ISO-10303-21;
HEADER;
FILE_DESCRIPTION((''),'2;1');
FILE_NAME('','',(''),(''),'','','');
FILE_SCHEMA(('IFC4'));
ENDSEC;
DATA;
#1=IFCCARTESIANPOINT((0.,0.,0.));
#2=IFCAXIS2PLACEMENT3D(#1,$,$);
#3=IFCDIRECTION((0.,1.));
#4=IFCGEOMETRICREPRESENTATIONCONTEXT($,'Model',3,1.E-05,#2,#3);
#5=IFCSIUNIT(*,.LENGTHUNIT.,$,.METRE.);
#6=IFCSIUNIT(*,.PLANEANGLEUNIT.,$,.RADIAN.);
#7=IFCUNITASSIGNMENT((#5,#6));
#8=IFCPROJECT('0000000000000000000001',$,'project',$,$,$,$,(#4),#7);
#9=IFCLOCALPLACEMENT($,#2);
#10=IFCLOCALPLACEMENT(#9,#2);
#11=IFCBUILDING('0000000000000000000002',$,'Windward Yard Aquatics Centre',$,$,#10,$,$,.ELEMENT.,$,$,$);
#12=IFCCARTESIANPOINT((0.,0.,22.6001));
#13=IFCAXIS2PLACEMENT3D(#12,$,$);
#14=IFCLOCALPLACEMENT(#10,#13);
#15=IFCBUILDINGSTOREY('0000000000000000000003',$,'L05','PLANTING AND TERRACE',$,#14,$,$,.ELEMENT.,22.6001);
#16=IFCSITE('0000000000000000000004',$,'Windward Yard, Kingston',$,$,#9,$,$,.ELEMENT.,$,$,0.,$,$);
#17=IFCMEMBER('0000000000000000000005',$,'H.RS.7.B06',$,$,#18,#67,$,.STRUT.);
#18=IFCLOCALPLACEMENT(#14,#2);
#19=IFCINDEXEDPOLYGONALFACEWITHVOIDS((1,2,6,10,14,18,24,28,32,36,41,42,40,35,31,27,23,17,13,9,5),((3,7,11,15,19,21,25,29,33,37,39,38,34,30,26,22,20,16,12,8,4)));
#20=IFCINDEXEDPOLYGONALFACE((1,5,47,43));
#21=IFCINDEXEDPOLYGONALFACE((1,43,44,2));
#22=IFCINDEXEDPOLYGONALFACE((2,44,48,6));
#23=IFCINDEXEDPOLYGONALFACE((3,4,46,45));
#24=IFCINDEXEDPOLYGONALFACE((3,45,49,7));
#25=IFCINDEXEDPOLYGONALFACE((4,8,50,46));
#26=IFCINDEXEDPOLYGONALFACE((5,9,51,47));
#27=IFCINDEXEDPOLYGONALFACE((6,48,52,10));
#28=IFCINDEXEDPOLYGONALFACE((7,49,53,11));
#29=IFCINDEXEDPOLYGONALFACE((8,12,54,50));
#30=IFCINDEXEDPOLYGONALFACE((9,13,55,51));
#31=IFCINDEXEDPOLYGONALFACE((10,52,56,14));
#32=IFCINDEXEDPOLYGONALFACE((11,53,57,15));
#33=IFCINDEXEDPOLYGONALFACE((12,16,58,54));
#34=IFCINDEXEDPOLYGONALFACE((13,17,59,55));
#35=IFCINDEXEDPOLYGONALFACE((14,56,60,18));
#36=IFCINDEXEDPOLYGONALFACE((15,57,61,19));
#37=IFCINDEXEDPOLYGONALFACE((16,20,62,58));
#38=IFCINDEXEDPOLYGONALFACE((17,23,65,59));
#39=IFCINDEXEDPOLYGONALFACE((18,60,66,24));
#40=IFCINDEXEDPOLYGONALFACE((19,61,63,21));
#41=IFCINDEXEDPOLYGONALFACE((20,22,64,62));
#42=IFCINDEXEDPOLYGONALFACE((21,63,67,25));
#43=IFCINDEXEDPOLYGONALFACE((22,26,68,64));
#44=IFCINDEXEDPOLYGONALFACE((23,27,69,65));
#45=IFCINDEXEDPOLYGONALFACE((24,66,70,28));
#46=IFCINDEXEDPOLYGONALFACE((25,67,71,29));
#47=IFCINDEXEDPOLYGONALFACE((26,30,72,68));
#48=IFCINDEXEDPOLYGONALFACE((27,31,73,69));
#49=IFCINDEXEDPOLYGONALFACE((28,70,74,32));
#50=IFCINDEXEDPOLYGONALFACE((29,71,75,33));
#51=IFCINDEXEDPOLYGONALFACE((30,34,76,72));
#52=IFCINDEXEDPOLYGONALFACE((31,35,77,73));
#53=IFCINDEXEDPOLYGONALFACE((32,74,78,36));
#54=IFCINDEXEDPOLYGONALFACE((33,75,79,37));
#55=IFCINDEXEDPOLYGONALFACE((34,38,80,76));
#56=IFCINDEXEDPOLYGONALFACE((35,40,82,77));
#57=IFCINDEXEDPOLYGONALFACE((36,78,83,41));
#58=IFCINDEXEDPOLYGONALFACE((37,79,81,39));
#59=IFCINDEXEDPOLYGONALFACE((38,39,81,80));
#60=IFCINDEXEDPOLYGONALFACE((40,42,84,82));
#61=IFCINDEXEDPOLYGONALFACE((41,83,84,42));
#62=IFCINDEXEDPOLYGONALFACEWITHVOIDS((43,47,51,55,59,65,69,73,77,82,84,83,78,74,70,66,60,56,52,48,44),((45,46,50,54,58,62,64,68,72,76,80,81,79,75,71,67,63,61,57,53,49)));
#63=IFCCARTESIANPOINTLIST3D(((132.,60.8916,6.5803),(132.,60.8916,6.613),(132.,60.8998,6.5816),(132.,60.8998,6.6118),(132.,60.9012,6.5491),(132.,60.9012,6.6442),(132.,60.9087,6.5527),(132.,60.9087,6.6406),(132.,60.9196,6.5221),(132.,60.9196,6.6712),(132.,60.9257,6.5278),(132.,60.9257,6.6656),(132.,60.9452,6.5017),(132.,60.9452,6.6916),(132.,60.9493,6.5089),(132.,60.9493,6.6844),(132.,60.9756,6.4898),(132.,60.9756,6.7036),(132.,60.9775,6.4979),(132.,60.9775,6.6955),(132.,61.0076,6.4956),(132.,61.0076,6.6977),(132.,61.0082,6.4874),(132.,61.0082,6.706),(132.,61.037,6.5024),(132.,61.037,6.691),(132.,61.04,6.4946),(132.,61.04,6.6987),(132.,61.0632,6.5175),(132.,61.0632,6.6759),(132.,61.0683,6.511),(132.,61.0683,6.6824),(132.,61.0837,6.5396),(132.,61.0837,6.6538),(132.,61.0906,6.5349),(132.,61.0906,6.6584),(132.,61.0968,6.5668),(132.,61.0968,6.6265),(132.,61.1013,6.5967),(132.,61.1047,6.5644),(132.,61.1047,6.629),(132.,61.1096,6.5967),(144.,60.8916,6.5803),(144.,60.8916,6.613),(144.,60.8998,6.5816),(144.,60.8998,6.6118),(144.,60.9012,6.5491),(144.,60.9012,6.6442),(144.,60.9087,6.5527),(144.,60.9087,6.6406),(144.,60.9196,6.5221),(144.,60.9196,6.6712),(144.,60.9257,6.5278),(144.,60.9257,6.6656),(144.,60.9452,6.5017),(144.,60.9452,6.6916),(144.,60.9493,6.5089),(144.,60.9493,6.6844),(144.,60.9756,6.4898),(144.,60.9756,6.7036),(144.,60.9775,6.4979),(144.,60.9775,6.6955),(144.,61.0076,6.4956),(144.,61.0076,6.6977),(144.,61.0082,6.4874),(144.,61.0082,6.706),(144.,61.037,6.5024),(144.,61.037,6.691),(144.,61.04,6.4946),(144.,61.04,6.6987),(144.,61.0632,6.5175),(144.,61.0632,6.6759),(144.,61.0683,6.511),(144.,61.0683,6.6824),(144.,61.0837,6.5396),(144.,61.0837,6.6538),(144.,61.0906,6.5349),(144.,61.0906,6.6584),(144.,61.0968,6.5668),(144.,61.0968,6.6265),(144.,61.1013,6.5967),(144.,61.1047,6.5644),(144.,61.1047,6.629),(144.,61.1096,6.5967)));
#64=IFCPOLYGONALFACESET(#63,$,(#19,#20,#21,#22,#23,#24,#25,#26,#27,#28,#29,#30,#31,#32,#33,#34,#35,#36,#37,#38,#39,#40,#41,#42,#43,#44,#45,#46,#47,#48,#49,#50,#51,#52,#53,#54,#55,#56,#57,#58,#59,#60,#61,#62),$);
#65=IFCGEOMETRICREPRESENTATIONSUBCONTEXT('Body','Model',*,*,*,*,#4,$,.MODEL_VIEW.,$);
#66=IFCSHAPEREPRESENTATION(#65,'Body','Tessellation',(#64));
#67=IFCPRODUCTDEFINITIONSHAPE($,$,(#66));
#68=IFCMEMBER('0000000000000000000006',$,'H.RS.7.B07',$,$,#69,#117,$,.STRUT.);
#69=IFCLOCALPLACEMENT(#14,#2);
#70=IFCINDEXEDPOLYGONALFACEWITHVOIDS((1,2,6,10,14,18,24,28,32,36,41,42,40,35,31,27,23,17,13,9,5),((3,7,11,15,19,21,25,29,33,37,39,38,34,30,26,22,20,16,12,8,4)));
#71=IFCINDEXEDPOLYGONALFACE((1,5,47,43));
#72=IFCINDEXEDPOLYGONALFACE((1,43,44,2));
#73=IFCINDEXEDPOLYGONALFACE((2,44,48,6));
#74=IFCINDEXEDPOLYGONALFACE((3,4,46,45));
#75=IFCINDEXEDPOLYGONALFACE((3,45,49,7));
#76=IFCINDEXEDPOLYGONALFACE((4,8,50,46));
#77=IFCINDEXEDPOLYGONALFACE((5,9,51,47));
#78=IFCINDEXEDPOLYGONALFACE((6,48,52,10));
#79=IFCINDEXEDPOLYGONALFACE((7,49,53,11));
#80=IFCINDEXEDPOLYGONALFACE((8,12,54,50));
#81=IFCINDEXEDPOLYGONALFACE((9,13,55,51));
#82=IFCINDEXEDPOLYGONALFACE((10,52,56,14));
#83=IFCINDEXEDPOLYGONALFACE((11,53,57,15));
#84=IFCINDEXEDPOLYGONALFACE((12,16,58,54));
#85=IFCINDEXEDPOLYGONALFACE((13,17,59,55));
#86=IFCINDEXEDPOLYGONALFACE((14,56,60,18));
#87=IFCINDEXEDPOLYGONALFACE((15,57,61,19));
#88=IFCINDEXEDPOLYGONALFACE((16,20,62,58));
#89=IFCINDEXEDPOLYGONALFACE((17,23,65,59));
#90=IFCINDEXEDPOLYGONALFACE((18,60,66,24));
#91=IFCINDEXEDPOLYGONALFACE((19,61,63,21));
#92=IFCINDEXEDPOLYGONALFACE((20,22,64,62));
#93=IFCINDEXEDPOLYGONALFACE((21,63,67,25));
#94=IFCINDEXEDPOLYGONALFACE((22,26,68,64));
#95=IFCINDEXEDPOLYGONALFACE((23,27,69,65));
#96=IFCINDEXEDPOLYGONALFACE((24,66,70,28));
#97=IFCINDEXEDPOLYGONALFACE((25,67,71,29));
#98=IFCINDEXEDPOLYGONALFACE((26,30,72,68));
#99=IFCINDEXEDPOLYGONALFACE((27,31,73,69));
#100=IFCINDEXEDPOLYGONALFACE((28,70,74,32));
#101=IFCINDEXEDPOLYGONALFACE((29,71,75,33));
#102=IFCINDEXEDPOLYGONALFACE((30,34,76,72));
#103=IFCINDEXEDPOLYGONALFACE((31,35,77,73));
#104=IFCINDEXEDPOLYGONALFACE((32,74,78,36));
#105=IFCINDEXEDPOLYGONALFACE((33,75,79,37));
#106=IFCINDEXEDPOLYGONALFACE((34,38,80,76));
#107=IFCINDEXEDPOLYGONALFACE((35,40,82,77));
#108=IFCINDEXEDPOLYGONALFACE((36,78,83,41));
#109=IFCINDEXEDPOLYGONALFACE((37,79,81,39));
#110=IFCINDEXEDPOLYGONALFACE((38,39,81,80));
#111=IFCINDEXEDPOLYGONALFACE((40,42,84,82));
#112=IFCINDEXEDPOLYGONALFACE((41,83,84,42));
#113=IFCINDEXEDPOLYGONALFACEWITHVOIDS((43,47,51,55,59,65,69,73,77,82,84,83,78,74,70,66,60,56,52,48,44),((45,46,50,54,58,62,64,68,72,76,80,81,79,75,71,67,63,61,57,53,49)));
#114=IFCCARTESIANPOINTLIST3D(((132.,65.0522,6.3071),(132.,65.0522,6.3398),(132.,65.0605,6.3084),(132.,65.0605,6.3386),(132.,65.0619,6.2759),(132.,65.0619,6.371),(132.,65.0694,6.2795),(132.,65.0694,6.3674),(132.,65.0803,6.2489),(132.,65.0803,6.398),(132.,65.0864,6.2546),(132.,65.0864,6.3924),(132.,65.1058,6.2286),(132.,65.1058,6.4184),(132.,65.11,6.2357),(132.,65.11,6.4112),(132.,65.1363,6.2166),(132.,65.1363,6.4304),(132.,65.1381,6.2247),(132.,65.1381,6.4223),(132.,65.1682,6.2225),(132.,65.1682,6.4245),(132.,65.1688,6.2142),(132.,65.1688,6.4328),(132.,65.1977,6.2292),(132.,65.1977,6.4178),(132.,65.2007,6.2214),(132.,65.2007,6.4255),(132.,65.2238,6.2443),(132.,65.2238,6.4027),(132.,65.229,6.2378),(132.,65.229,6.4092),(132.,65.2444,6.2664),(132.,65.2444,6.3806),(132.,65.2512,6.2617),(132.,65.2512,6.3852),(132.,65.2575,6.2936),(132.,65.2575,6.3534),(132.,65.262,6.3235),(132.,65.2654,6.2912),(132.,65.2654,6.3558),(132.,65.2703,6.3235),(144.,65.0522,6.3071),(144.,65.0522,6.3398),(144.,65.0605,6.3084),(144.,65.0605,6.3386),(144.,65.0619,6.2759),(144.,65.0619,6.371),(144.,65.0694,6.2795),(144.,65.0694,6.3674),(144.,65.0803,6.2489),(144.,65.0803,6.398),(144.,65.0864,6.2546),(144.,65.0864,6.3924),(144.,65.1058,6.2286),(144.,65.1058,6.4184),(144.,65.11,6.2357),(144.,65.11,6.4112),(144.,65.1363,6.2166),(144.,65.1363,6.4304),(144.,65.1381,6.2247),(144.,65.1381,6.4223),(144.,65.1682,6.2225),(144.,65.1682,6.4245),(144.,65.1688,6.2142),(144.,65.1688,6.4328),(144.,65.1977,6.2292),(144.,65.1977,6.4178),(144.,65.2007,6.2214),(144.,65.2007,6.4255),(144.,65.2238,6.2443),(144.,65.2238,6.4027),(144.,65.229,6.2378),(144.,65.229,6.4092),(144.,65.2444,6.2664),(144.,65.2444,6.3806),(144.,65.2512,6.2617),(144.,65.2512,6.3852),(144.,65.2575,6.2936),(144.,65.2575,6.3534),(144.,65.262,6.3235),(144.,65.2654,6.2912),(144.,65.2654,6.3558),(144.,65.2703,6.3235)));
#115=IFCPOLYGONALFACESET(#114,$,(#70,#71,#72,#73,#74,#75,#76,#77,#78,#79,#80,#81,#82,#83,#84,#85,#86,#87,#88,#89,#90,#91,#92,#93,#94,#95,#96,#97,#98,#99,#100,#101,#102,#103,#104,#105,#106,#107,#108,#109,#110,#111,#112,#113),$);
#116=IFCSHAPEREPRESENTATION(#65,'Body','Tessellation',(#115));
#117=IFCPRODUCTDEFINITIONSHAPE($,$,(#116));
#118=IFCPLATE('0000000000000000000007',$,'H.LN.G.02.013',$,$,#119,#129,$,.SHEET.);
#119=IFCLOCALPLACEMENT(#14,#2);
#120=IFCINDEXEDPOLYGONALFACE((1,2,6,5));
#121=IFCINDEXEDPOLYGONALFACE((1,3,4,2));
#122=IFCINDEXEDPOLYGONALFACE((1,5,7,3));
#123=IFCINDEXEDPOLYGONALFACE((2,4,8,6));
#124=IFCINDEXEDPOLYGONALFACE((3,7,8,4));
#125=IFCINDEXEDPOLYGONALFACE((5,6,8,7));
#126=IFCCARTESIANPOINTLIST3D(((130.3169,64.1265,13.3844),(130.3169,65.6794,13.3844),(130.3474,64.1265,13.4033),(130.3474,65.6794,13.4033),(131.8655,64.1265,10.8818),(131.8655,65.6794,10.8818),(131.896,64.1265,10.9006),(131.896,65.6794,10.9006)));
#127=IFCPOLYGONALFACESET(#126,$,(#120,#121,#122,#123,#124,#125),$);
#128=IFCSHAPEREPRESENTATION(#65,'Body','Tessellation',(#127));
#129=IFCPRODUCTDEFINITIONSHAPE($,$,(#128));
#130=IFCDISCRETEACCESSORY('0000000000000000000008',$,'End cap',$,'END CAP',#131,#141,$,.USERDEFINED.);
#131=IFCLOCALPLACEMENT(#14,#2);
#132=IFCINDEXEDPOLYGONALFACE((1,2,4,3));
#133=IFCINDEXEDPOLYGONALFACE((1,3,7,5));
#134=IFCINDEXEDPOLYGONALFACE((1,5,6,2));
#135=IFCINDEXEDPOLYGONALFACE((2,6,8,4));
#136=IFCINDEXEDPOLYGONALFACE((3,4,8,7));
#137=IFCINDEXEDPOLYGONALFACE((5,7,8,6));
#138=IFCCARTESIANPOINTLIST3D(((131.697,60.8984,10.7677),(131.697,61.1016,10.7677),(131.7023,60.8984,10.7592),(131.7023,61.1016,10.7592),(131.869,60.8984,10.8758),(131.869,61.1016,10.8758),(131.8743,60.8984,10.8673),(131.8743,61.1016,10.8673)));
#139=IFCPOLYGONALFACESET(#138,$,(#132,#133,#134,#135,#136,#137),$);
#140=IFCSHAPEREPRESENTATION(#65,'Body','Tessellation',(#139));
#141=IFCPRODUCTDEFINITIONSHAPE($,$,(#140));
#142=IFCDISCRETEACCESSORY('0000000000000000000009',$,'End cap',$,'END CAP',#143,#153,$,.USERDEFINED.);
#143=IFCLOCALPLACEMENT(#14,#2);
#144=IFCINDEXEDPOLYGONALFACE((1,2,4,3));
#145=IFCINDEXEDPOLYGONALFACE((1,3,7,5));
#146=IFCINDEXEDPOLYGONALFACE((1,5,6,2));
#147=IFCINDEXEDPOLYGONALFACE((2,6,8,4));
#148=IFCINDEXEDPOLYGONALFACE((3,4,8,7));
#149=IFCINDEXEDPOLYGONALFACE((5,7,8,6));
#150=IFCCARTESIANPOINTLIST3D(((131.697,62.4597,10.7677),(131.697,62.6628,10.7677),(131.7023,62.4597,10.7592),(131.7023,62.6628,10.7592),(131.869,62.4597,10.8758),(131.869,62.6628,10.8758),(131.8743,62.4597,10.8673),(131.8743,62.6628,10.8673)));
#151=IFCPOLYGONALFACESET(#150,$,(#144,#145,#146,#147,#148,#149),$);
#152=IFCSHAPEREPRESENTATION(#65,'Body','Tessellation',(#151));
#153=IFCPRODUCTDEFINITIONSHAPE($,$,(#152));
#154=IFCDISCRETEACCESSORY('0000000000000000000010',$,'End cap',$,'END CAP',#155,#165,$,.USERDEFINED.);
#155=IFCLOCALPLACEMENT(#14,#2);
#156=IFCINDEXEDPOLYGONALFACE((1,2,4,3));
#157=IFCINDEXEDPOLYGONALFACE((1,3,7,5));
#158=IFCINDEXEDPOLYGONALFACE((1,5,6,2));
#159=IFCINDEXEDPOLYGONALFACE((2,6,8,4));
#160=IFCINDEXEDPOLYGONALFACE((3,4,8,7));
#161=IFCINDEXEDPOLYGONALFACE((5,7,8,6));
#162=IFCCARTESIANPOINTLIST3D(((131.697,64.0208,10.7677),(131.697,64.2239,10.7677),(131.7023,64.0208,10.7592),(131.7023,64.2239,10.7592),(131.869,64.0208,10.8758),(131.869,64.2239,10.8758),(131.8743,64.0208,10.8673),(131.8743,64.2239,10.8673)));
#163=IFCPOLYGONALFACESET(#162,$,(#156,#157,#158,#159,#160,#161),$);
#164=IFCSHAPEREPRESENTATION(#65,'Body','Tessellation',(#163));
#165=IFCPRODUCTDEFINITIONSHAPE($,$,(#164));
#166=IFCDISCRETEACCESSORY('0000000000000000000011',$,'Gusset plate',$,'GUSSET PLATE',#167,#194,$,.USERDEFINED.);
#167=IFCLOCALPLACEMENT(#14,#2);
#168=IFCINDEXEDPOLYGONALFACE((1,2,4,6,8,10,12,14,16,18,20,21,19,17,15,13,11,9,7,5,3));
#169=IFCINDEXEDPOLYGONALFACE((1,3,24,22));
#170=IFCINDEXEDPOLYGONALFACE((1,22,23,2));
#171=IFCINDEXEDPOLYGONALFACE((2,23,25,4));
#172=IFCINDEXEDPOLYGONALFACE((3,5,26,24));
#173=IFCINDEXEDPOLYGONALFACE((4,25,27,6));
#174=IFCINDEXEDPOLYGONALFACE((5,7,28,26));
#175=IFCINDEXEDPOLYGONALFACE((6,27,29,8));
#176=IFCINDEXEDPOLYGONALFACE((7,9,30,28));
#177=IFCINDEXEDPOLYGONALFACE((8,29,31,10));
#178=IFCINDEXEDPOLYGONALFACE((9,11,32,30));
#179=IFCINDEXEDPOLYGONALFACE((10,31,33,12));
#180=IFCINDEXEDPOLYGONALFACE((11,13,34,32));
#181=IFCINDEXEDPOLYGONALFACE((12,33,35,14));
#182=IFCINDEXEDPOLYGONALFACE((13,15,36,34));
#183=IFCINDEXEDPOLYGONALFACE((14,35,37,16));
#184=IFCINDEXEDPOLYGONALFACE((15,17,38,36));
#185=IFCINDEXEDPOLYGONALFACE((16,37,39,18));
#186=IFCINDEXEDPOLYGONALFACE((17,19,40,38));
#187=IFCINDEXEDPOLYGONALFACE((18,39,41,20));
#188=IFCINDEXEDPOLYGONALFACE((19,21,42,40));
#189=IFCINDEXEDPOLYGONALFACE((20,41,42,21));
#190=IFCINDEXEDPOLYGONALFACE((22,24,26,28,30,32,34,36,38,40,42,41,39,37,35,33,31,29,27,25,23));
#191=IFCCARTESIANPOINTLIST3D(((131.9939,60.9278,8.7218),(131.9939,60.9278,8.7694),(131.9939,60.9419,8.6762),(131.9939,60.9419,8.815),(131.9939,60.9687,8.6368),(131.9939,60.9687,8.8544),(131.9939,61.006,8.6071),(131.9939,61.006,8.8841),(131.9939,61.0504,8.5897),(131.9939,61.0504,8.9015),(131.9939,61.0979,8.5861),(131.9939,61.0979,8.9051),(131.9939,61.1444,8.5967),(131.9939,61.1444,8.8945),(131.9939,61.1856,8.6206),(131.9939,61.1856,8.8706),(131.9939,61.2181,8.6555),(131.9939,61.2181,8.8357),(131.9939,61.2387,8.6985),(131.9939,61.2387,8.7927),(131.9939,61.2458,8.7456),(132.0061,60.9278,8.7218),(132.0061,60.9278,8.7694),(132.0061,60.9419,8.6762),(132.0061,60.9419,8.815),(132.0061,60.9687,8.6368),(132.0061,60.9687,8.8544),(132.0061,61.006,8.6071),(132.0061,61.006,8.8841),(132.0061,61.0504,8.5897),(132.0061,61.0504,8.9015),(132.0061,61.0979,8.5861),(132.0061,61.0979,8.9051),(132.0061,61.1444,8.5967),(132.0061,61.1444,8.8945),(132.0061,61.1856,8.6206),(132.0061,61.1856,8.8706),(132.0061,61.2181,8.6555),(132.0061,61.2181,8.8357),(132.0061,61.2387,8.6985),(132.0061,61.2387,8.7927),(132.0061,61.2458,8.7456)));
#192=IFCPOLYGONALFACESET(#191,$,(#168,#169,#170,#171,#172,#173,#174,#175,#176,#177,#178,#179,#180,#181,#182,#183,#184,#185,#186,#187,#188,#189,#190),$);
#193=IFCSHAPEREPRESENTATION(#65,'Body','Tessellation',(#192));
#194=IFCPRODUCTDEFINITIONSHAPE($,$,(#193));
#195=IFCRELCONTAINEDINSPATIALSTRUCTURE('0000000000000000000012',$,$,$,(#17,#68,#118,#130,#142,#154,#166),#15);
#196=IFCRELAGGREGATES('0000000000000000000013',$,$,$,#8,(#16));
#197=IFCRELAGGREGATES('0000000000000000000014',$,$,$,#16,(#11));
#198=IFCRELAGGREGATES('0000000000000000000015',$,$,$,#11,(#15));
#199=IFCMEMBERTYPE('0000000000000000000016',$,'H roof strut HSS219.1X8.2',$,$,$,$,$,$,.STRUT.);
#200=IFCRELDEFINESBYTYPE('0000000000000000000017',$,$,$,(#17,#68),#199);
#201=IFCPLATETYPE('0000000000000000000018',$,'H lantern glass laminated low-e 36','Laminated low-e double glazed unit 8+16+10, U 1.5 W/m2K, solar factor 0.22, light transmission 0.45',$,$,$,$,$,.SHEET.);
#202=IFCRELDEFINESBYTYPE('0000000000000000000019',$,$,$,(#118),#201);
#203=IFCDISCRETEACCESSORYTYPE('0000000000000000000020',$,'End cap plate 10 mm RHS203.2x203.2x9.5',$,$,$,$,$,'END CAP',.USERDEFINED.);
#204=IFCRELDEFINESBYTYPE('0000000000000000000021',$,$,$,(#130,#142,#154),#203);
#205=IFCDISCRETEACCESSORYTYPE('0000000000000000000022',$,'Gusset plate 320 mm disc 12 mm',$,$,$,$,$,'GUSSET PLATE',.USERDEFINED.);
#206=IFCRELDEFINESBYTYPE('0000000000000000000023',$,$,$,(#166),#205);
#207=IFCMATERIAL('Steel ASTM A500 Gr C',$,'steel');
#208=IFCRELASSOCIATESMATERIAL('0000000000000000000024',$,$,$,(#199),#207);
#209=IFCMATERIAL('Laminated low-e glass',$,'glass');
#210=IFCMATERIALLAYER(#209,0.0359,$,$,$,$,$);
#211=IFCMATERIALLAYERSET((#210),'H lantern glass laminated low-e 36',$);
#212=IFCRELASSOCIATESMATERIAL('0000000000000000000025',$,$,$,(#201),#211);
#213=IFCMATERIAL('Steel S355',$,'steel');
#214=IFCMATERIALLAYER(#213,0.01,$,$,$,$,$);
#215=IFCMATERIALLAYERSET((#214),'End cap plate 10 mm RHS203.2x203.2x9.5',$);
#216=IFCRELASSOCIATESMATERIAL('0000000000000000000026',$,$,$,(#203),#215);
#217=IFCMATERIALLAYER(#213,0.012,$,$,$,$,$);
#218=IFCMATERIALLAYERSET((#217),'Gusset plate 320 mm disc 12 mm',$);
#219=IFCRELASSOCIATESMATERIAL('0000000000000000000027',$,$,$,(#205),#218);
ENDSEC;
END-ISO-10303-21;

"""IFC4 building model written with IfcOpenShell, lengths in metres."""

from ifc_helpers import new_model, si_unit, direction, frame, origin, origin_2d, place, context, subcontext, project, spatial, polyline, rectangle, circle, hollow_circle, outline, extrude, material, layer, layer_set, material_profile, profile_set, type_object, element, save


model = new_model("IFC4")

# Units and contexts
model_context = context("Model", 3, precision=1e-05, world=origin(), true_north=direction((0.0, 1.0)))
body_context = subcontext(model_context, "Body", "Model", "MODEL_VIEW")
ifc_project = project(units=[si_unit("LENGTHUNIT", "METRE"), si_unit("PLANEANGLEUNIT", "RADIAN")], contexts=[model_context])

# Site, building, storey
site_placement = place(None, origin())
site = spatial("IfcSite", under=ifc_project, at=site_placement, Name="Windward Yard, Kingston", CompositionType="ELEMENT", RefElevation=0.0)
building_placement = place(site_placement, origin())
building = spatial("IfcBuilding", under=site, at=building_placement, Name="Windward Yard Aquatics Centre", CompositionType="ELEMENT")
storey_placement = place(building_placement, frame((0.0, 0.0, 22.6001)))
storey = spatial("IfcBuildingStorey", under=building, at=storey_placement, Name="L05", Description="PLANTING AND TERRACE", CompositionType="ELEMENT", Elevation=22.6001)

# Members
ifc_material_1 = material(Name="Steel ASTM A500 Gr C", Category="steel")
ifc_material_profile_1 = material_profile(ifc_material_1, hollow_circle(Radius=0.1096, WallThickness=0.0083, at=origin_2d()), Name="HSS219.1X8.2")
ifc_profile_set_1 = profile_set([ifc_material_profile_1], Name="Steel ASTM A500 Gr C")
member_type_1 = type_object("IfcMemberType", Name="H roof strut HSS219.1X8.2", PredefinedType="STRUT", material=ifc_profile_set_1)
for number, where, z_axis, x_axis, name in (
    (1, (132.0, 61.0, 6.5967), (1.0, 0.0, 0.0), (0.0, 1.0, 0.0), "H.RS.7.B06"),
    (2, (132.0, 65.1606, 6.3235), (1.0, 0.0, 0.0), (0.0, 1.0, 0.0), "H.RS.7.B07"),
):
    element("IfcMember", number, at=place(storey_placement, frame(where, z_axis=z_axis, x_axis=x_axis)), inside=storey, type_object=member_type_1, Name=name, PredefinedType="STRUT", context=body_context, shape_type="SweptSolid", body=[
        extrude(hollow_circle(Radius=0.1096, WallThickness=0.0083, at=origin_2d()), origin(), (0.0, 0.0, 1.0), 12.0),
    ])

# Plate
ifc_material_2 = material(Name="Laminated low-e glass", Category="glass")
ifc_layer_1 = layer(ifc_material_2, 0.0359)
ifc_layer_set_1 = layer_set([ifc_layer_1], Name="H lantern glass laminated low-e 36")
plate_type = type_object("IfcPlateType", Name="H lantern glass laminated low-e 36", Description="Laminated low-e double glazed unit 8+16+10, U 1.5 W/m2K, solar factor 0.22, light transmission 0.45", PredefinedType="SHEET", material=ifc_layer_set_1)
plate_placement = place(storey_placement, frame((130.3474, 64.1265, 13.4033), z_axis=(0.850371, 0.0, 0.526183), x_axis=(0.0, 1.0, 0.0)))
element("IfcPlate", 3, at=plate_placement, inside=storey, type_object=plate_type, Name="H.LN.G.02.013", PredefinedType="SHEET", context=body_context, shape_type="SweptSolid", body=[
    extrude(outline(polyline([(0.0, 0.0), (1.553, 0.0), (1.553, -2.9431), (0.0, -2.9431), (0.0, 0.0)])), origin(), (0.0, 0.0, -1.0), 0.0359),
])

# Discrete accessories
ifc_material_3 = material(Name="Steel S355", Category="steel")
ifc_layer_2 = layer(ifc_material_3, 0.01)
ifc_layer_set_2 = layer_set([ifc_layer_2], Name="End cap plate 10 mm RHS203.2x203.2x9.5")
discrete_accessory_type_1 = type_object("IfcDiscreteAccessoryType", Name="End cap plate 10 mm RHS203.2x203.2x9.5", ElementType="END CAP", PredefinedType="USERDEFINED", material=ifc_layer_set_2)
for number, where, z_axis, x_axis, name in (
    (4, (131.7883, 61.0, 10.8132), (-0.532172, 0.0, 0.846637), (0.0, -1.0, 0.0), "End cap"),
    (5, (131.7883, 62.5613, 10.8132), (-0.532172, 0.0, 0.846637), (0.0, -1.0, 0.0), "End cap"),
    (6, (131.7883, 64.1223, 10.8132), (-0.532172, 0.0, 0.846637), (0.0, -1.0, 0.0), "End cap"),
):
    element("IfcDiscreteAccessory", number, at=place(storey_placement, frame(where, z_axis=z_axis, x_axis=x_axis)), inside=storey, type_object=discrete_accessory_type_1, Name=name, ObjectType="END CAP", PredefinedType="USERDEFINED", context=body_context, shape_type="SweptSolid", body=[
        extrude(rectangle(XDim=0.2031, YDim=0.2031, at=origin_2d()), origin(), (0.0, 0.0, 1.0), 0.01),
    ])
ifc_layer_3 = layer(ifc_material_3, 0.012)
ifc_layer_set_3 = layer_set([ifc_layer_3], Name="Gusset plate 320 mm disc 12 mm")
discrete_accessory_type_2 = type_object("IfcDiscreteAccessoryType", Name="Gusset plate 320 mm disc 12 mm", ElementType="GUSSET PLATE", PredefinedType="USERDEFINED", material=ifc_layer_set_3)
for number, where, z_axis, x_axis, name in (
    (7, (131.9939, 61.0859, 8.7456), (1.0, 0.0, 0.0), (0.0, 1.0, 0.0), "Gusset plate"),
):
    element("IfcDiscreteAccessory", number, at=place(storey_placement, frame(where, z_axis=z_axis, x_axis=x_axis)), inside=storey, type_object=discrete_accessory_type_2, Name=name, ObjectType="GUSSET PLATE", PredefinedType="USERDEFINED", context=body_context, shape_type="SweptSolid", body=[
        extrude(circle(Radius=0.1599, at=origin_2d()), origin(), (0.0, 0.0, 1.0), 0.0122),
    ])

save(model, "model.ifc")
